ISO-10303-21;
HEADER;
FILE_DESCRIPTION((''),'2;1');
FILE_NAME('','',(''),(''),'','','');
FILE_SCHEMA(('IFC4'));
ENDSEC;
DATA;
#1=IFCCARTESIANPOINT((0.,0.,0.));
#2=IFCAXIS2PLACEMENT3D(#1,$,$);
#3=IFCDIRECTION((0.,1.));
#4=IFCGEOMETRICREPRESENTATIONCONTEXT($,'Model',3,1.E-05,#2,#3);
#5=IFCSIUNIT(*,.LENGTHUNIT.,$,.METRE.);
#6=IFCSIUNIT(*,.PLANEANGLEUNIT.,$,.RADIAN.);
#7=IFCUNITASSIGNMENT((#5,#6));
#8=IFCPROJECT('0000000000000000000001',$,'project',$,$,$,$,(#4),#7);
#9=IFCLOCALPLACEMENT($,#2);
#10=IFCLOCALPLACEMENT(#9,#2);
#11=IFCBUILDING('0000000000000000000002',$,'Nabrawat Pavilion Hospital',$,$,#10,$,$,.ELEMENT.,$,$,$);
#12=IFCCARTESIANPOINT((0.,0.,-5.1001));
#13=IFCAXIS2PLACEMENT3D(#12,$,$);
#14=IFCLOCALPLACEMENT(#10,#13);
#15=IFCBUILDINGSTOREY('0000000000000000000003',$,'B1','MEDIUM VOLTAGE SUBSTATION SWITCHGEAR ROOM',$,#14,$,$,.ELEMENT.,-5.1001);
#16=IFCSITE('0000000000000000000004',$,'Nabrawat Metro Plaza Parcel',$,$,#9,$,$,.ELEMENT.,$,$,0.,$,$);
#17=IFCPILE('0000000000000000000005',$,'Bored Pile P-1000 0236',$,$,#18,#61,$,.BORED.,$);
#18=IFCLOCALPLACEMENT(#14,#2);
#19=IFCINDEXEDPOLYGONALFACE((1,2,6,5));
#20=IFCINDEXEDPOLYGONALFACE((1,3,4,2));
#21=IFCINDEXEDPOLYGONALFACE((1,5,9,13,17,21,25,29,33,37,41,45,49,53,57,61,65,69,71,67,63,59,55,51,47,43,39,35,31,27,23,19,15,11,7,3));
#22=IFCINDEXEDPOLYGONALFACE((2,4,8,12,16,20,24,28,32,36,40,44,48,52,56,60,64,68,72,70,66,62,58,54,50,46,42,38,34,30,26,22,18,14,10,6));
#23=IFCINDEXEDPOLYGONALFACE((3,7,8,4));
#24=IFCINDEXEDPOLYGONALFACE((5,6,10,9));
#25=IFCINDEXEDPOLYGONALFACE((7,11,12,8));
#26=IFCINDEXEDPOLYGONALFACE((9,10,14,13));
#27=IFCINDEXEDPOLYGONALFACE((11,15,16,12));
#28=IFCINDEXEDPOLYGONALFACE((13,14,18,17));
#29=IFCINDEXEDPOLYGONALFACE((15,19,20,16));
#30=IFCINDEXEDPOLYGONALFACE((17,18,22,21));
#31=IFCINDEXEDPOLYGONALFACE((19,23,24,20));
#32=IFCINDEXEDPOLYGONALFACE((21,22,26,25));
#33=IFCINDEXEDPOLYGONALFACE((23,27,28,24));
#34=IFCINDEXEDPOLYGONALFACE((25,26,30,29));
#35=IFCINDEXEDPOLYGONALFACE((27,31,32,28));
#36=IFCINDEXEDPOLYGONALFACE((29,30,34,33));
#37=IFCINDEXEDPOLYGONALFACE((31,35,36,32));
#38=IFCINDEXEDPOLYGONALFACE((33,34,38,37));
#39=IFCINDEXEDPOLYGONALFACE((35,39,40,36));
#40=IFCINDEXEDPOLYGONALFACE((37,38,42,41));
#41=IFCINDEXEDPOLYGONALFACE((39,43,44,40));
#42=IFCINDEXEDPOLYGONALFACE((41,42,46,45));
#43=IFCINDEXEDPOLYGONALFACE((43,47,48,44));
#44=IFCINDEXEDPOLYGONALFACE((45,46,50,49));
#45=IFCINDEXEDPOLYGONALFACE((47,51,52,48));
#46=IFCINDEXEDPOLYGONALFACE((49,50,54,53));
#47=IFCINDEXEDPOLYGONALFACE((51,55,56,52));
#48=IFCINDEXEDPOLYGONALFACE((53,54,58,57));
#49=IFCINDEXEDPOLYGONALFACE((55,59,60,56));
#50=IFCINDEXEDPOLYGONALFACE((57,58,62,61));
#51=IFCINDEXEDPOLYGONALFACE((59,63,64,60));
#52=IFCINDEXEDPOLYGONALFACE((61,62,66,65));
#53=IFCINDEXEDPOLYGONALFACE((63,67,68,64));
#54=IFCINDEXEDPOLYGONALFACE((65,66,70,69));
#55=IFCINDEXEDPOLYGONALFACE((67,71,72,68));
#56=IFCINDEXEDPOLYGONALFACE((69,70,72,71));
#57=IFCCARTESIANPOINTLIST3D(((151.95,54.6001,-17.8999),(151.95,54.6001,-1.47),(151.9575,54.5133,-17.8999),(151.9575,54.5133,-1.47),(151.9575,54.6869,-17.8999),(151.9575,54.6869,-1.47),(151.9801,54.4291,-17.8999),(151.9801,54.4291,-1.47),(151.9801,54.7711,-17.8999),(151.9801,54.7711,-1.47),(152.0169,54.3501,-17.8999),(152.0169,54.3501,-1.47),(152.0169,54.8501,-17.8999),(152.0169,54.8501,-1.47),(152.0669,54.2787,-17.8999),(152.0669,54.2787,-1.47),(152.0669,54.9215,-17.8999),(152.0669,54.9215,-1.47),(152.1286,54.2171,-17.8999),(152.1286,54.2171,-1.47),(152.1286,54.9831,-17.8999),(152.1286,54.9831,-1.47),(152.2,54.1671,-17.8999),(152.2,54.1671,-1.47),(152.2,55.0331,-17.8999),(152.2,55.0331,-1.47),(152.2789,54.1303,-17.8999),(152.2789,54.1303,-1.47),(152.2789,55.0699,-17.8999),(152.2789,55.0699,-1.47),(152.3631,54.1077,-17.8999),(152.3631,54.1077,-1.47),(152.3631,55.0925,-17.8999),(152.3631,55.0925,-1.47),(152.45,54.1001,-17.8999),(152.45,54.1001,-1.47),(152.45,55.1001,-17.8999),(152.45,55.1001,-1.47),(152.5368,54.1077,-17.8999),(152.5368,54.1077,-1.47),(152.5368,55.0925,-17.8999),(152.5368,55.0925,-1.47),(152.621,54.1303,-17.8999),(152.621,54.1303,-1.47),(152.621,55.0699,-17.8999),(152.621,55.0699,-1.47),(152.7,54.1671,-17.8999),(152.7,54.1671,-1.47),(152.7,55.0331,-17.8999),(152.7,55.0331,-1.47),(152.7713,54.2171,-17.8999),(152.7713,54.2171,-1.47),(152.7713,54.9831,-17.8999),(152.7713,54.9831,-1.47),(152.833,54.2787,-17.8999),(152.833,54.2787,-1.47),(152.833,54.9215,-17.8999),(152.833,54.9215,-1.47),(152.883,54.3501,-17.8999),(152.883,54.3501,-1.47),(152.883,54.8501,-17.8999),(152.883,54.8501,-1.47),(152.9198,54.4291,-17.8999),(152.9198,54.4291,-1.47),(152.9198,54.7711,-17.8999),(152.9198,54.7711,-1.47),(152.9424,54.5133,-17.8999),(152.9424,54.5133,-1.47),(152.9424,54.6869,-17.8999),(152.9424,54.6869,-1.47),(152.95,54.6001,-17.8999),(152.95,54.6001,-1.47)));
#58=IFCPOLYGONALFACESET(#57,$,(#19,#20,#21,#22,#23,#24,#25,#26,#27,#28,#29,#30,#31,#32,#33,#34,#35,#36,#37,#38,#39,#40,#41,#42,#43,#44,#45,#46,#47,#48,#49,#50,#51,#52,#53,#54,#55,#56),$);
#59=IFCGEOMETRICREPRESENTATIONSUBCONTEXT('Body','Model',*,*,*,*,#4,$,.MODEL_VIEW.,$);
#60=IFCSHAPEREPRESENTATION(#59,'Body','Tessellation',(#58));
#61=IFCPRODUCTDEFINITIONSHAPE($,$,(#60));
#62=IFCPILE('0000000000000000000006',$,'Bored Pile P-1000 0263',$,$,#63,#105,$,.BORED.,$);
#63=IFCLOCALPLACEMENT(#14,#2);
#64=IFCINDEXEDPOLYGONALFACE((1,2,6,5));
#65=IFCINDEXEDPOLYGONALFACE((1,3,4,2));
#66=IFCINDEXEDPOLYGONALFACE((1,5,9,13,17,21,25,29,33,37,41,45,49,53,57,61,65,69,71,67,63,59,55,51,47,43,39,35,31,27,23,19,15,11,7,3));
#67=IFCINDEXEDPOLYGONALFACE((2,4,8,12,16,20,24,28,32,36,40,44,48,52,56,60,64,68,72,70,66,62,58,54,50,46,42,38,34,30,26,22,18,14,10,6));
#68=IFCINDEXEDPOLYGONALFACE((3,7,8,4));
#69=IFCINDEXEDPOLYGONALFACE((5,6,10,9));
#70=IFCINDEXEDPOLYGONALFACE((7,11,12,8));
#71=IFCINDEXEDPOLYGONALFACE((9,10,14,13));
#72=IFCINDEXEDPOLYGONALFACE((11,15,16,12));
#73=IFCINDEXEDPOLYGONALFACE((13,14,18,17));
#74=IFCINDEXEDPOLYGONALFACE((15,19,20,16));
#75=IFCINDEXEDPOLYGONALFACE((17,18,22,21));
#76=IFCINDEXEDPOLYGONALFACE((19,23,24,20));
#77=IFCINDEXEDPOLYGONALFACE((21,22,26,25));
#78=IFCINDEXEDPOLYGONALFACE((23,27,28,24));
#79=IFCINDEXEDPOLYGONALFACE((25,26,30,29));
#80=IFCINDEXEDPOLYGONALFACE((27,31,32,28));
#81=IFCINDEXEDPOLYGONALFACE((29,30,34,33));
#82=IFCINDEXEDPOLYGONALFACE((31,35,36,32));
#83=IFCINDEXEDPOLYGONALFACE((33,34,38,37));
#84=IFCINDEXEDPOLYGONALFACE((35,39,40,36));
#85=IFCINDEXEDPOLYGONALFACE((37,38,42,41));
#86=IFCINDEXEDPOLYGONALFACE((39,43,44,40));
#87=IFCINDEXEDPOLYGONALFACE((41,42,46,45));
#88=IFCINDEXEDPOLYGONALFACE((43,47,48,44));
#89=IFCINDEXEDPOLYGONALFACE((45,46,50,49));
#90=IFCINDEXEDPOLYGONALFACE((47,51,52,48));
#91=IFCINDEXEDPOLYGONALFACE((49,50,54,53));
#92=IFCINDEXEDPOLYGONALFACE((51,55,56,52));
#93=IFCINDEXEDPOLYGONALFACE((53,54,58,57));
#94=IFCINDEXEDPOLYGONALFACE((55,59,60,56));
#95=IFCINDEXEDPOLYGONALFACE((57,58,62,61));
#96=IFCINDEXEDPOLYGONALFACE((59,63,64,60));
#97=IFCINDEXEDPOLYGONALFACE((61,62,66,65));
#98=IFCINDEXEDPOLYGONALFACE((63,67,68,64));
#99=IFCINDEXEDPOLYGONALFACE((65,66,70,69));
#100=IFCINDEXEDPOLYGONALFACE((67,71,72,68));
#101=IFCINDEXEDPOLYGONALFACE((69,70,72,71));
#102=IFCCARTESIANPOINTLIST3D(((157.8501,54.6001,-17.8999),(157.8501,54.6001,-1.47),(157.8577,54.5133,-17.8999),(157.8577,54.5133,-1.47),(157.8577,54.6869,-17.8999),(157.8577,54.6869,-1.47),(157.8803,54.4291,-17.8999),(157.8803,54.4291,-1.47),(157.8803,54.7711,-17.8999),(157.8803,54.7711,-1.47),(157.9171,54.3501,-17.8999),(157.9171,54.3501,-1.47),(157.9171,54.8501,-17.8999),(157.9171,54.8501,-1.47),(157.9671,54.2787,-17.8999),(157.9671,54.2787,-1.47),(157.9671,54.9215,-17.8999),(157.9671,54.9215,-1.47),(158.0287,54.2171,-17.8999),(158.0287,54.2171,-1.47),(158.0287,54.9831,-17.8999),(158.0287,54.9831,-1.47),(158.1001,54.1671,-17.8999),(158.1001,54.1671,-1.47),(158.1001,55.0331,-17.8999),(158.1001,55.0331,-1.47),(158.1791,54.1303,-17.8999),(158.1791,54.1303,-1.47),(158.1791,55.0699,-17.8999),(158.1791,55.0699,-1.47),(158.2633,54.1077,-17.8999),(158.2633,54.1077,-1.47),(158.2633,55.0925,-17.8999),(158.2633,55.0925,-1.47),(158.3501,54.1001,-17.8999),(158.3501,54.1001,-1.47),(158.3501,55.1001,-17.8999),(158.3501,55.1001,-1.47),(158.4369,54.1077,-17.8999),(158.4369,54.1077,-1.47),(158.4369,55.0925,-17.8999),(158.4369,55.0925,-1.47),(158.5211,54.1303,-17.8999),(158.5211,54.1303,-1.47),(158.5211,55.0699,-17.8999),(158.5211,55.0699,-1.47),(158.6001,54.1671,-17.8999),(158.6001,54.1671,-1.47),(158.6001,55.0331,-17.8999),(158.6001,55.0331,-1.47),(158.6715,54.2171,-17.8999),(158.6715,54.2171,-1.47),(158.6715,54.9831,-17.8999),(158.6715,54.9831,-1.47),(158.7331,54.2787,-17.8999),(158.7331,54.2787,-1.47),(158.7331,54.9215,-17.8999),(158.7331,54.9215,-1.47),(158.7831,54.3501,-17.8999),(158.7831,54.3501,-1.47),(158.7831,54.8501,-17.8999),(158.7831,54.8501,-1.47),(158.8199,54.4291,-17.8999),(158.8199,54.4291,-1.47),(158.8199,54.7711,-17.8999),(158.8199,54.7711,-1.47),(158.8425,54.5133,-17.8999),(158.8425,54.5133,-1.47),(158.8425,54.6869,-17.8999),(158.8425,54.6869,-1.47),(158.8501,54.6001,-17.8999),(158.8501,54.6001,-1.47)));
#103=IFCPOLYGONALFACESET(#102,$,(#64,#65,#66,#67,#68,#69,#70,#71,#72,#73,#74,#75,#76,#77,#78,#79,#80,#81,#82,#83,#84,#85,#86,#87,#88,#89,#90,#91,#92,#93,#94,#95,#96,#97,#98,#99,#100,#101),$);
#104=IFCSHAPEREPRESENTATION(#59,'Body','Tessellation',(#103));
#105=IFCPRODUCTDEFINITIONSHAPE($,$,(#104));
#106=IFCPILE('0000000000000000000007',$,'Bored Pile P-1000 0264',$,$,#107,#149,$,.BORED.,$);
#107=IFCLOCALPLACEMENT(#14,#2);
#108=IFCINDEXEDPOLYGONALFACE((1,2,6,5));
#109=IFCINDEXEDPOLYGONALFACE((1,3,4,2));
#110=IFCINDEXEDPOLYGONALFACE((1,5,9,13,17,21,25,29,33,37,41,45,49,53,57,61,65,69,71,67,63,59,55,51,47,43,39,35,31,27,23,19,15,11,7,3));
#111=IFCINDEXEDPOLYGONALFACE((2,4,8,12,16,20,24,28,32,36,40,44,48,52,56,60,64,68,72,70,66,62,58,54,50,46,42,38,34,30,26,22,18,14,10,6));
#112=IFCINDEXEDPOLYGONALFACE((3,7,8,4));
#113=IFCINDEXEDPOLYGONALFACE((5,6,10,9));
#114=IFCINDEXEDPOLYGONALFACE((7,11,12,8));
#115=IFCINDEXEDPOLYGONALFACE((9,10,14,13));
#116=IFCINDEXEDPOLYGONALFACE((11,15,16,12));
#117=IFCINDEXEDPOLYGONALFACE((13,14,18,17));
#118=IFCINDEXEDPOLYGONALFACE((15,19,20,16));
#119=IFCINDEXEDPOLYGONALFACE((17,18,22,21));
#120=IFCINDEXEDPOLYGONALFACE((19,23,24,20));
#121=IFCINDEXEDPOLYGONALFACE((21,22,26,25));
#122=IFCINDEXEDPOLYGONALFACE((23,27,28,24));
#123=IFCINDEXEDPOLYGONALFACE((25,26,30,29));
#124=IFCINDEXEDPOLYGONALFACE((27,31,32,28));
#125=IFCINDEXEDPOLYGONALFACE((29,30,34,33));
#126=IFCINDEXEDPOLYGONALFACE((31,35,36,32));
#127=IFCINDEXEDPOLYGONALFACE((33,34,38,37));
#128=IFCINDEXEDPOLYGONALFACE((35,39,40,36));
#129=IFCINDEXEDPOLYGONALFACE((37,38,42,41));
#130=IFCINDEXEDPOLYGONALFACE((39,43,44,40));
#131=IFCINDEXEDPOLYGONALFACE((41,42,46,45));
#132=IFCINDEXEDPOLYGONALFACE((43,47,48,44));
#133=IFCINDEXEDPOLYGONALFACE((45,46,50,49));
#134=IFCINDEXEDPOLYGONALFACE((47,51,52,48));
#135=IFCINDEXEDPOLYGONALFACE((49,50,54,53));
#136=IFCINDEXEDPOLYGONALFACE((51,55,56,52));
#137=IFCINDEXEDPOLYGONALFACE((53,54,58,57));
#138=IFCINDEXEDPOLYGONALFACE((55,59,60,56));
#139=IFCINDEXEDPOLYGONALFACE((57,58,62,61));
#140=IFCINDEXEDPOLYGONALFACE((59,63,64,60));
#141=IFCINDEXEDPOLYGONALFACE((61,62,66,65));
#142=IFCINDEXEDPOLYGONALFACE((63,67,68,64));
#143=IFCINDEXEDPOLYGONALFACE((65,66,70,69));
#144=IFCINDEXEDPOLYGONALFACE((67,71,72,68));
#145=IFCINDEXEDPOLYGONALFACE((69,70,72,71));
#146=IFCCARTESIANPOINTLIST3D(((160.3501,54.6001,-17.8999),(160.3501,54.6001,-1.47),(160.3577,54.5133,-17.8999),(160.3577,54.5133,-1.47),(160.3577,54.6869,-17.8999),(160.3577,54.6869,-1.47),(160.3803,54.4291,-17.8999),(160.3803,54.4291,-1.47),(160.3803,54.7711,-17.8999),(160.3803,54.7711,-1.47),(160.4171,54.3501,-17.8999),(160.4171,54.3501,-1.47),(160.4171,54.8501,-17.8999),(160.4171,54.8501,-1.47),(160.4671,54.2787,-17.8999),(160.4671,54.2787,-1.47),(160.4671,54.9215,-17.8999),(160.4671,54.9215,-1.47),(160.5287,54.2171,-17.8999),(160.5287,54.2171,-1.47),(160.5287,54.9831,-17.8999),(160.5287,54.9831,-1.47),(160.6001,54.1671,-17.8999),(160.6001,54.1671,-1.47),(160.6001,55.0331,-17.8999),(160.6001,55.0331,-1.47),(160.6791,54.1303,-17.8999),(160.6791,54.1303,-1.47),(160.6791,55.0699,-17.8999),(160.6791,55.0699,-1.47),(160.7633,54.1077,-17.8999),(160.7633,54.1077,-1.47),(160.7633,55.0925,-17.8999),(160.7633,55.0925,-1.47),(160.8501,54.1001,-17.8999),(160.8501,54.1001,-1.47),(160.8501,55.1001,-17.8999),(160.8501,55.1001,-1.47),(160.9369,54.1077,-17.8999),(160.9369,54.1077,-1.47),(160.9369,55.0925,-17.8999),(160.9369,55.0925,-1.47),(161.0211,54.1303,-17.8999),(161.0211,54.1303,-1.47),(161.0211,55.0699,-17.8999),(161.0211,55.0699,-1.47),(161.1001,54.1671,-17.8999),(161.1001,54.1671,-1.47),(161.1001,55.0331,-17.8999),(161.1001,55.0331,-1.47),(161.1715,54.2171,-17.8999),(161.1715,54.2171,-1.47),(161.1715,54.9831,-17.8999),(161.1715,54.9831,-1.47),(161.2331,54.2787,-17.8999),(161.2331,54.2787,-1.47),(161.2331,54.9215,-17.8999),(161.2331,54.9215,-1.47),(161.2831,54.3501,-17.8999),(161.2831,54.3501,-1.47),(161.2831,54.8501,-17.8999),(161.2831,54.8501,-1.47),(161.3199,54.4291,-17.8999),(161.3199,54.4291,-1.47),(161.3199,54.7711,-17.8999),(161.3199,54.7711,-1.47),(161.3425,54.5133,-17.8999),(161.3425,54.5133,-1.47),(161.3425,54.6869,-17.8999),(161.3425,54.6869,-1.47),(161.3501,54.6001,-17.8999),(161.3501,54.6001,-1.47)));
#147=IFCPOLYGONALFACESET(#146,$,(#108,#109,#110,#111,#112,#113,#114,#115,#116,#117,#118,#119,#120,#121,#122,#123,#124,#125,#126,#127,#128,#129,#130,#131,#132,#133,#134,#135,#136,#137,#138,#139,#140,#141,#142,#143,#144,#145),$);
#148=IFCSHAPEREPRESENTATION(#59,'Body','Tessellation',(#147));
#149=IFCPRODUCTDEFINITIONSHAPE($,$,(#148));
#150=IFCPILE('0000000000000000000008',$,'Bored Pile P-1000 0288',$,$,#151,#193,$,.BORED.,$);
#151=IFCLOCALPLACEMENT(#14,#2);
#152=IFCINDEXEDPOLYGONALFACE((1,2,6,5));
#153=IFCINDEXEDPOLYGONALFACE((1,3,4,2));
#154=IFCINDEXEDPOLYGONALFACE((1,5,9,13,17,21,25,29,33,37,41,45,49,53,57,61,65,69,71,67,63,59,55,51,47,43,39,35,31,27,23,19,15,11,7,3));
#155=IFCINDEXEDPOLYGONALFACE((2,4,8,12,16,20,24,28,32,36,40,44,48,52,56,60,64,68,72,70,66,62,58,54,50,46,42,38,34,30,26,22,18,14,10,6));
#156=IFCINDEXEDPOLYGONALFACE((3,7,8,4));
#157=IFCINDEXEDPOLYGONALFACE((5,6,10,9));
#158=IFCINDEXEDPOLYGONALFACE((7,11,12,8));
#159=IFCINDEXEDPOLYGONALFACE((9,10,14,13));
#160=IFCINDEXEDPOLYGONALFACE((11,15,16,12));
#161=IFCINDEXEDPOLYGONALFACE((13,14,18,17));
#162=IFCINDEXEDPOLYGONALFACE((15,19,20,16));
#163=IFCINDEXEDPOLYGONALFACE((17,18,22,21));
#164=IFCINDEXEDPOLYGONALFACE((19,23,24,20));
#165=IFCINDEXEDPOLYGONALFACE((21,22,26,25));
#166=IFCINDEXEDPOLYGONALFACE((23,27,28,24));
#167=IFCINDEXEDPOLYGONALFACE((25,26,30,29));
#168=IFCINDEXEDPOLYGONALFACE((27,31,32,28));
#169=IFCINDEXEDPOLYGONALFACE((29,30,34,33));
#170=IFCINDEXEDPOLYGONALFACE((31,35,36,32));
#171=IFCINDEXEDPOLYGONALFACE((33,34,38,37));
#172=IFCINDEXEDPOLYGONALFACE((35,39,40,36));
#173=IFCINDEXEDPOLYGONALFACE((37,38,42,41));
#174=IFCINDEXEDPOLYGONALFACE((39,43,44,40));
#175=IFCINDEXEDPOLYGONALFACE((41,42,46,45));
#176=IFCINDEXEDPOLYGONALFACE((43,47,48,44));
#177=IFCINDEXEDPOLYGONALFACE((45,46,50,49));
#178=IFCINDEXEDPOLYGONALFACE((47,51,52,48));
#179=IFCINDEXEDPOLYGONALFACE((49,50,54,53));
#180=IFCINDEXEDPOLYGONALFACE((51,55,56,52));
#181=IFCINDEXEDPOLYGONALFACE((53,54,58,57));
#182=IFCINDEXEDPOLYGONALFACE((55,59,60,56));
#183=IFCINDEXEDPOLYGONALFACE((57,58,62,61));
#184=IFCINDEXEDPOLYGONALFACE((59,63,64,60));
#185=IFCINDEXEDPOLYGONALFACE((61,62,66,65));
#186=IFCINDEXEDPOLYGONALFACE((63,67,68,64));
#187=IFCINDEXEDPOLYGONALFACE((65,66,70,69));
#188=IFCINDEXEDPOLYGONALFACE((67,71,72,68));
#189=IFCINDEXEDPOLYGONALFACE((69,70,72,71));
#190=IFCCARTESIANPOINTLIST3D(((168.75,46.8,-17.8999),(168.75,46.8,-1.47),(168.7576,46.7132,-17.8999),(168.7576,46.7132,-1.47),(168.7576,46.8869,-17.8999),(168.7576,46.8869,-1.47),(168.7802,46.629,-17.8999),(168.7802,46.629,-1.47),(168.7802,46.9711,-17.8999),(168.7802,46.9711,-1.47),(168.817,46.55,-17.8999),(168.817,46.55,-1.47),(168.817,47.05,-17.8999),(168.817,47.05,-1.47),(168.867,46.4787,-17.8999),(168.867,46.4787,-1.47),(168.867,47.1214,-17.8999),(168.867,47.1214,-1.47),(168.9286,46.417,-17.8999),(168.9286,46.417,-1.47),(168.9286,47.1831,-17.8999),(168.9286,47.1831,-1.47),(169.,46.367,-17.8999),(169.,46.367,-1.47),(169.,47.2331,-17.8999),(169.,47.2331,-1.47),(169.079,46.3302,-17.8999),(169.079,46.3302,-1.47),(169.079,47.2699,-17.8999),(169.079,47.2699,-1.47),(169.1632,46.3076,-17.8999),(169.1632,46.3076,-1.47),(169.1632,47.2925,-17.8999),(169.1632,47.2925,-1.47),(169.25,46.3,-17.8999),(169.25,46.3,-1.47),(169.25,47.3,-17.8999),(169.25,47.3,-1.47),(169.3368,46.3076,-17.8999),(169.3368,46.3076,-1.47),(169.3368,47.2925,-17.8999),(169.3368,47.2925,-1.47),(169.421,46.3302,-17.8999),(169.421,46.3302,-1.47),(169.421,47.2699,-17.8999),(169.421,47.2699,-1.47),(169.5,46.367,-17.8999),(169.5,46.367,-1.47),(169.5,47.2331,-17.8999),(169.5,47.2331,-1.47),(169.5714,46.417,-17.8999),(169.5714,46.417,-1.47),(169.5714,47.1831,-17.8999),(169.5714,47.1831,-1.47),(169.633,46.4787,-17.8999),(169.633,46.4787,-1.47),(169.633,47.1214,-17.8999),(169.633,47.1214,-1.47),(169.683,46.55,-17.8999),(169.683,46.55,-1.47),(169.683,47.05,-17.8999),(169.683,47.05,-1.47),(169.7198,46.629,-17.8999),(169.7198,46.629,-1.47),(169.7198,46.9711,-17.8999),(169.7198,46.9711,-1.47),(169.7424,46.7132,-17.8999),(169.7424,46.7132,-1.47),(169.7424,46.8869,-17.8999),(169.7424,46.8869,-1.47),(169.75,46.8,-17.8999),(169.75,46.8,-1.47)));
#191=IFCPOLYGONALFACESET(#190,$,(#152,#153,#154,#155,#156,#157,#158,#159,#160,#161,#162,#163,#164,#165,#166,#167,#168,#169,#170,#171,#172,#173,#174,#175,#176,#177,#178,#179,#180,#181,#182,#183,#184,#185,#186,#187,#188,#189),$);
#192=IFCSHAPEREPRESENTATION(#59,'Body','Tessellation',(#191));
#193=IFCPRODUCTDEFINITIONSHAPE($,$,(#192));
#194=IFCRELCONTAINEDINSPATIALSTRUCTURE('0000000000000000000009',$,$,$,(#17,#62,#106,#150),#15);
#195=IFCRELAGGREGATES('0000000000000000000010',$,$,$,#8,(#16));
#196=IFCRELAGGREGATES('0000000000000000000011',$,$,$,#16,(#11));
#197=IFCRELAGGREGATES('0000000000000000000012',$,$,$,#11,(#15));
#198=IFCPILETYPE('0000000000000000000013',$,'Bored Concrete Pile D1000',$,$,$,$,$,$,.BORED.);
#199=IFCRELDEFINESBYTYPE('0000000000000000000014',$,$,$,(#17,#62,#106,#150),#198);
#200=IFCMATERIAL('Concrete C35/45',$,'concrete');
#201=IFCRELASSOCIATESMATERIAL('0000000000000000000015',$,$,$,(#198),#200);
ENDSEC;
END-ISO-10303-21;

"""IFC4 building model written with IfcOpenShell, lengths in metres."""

from ifc_helpers import new_model, si_unit, direction, frame, origin, origin_2d, place, context, subcontext, project, spatial, circle, extrude, material, material_profile, profile_set, type_object, element, save


model = new_model("IFC4")

# Units and contexts
model_context = context("Model", 3, precision=1e-05, world=origin(), true_north=direction((0.0, 1.0)))
body_context = subcontext(model_context, "Body", "Model", "MODEL_VIEW")
ifc_project = project(units=[si_unit("LENGTHUNIT", "METRE"), si_unit("PLANEANGLEUNIT", "RADIAN")], contexts=[model_context])

# Site, building, storey
site_placement = place(None, origin())
site = spatial("IfcSite", under=ifc_project, at=site_placement, Name="Nabrawat Metro Plaza Parcel", CompositionType="ELEMENT", RefElevation=0.0)
building_placement = place(site_placement, origin())
building = spatial("IfcBuilding", under=site, at=building_placement, Name="Nabrawat Pavilion Hospital", CompositionType="ELEMENT")
storey_placement = place(building_placement, frame((0.0, 0.0, -5.1001)))
storey = spatial("IfcBuildingStorey", under=building, at=storey_placement, Name="B1", Description="MEDIUM VOLTAGE SUBSTATION SWITCHGEAR ROOM", CompositionType="ELEMENT", Elevation=-5.1001)

# Piles
ifc_material_1 = material(Name="Concrete C35/45", Category="concrete")
ifc_material_profile_1 = material_profile(ifc_material_1, circle(Radius=0.5, at=origin_2d()), Name="DIA 1000")
ifc_profile_set_1 = profile_set([ifc_material_profile_1], Name="Concrete C35/45")
pile_type_1 = type_object("IfcPileType", Name="Bored Concrete Pile D1000", PredefinedType="BORED", material=ifc_profile_set_1)
for number, where, z_axis, x_axis, name in (
    (1, (152.45, 54.6001, -1.47), (0.0, 0.0, -1.0), (1.0, 0.0, 0.0), "Bored Pile P-1000 0236"),
    (2, (158.3501, 54.6001, -1.47), (0.0, 0.0, -1.0), (1.0, 0.0, 0.0), "Bored Pile P-1000 0263"),
    (3, (160.8501, 54.6001, -1.47), (0.0, 0.0, -1.0), (1.0, 0.0, 0.0), "Bored Pile P-1000 0264"),
    (4, (169.25, 46.8, -1.47), (0.0, 0.0, -1.0), (1.0, 0.0, 0.0), "Bored Pile P-1000 0288"),
):
    element("IfcPile", number, at=place(storey_placement, frame(where, z_axis=z_axis, x_axis=x_axis)), inside=storey, type_object=pile_type_1, Name=name, PredefinedType="BORED", context=body_context, shape_type="SweptSolid", body=[
        extrude(circle(Radius=0.5, at=origin_2d()), origin(), (0.0, 0.0, 1.0), 16.4299),
    ])

save(model, "model.ifc")
